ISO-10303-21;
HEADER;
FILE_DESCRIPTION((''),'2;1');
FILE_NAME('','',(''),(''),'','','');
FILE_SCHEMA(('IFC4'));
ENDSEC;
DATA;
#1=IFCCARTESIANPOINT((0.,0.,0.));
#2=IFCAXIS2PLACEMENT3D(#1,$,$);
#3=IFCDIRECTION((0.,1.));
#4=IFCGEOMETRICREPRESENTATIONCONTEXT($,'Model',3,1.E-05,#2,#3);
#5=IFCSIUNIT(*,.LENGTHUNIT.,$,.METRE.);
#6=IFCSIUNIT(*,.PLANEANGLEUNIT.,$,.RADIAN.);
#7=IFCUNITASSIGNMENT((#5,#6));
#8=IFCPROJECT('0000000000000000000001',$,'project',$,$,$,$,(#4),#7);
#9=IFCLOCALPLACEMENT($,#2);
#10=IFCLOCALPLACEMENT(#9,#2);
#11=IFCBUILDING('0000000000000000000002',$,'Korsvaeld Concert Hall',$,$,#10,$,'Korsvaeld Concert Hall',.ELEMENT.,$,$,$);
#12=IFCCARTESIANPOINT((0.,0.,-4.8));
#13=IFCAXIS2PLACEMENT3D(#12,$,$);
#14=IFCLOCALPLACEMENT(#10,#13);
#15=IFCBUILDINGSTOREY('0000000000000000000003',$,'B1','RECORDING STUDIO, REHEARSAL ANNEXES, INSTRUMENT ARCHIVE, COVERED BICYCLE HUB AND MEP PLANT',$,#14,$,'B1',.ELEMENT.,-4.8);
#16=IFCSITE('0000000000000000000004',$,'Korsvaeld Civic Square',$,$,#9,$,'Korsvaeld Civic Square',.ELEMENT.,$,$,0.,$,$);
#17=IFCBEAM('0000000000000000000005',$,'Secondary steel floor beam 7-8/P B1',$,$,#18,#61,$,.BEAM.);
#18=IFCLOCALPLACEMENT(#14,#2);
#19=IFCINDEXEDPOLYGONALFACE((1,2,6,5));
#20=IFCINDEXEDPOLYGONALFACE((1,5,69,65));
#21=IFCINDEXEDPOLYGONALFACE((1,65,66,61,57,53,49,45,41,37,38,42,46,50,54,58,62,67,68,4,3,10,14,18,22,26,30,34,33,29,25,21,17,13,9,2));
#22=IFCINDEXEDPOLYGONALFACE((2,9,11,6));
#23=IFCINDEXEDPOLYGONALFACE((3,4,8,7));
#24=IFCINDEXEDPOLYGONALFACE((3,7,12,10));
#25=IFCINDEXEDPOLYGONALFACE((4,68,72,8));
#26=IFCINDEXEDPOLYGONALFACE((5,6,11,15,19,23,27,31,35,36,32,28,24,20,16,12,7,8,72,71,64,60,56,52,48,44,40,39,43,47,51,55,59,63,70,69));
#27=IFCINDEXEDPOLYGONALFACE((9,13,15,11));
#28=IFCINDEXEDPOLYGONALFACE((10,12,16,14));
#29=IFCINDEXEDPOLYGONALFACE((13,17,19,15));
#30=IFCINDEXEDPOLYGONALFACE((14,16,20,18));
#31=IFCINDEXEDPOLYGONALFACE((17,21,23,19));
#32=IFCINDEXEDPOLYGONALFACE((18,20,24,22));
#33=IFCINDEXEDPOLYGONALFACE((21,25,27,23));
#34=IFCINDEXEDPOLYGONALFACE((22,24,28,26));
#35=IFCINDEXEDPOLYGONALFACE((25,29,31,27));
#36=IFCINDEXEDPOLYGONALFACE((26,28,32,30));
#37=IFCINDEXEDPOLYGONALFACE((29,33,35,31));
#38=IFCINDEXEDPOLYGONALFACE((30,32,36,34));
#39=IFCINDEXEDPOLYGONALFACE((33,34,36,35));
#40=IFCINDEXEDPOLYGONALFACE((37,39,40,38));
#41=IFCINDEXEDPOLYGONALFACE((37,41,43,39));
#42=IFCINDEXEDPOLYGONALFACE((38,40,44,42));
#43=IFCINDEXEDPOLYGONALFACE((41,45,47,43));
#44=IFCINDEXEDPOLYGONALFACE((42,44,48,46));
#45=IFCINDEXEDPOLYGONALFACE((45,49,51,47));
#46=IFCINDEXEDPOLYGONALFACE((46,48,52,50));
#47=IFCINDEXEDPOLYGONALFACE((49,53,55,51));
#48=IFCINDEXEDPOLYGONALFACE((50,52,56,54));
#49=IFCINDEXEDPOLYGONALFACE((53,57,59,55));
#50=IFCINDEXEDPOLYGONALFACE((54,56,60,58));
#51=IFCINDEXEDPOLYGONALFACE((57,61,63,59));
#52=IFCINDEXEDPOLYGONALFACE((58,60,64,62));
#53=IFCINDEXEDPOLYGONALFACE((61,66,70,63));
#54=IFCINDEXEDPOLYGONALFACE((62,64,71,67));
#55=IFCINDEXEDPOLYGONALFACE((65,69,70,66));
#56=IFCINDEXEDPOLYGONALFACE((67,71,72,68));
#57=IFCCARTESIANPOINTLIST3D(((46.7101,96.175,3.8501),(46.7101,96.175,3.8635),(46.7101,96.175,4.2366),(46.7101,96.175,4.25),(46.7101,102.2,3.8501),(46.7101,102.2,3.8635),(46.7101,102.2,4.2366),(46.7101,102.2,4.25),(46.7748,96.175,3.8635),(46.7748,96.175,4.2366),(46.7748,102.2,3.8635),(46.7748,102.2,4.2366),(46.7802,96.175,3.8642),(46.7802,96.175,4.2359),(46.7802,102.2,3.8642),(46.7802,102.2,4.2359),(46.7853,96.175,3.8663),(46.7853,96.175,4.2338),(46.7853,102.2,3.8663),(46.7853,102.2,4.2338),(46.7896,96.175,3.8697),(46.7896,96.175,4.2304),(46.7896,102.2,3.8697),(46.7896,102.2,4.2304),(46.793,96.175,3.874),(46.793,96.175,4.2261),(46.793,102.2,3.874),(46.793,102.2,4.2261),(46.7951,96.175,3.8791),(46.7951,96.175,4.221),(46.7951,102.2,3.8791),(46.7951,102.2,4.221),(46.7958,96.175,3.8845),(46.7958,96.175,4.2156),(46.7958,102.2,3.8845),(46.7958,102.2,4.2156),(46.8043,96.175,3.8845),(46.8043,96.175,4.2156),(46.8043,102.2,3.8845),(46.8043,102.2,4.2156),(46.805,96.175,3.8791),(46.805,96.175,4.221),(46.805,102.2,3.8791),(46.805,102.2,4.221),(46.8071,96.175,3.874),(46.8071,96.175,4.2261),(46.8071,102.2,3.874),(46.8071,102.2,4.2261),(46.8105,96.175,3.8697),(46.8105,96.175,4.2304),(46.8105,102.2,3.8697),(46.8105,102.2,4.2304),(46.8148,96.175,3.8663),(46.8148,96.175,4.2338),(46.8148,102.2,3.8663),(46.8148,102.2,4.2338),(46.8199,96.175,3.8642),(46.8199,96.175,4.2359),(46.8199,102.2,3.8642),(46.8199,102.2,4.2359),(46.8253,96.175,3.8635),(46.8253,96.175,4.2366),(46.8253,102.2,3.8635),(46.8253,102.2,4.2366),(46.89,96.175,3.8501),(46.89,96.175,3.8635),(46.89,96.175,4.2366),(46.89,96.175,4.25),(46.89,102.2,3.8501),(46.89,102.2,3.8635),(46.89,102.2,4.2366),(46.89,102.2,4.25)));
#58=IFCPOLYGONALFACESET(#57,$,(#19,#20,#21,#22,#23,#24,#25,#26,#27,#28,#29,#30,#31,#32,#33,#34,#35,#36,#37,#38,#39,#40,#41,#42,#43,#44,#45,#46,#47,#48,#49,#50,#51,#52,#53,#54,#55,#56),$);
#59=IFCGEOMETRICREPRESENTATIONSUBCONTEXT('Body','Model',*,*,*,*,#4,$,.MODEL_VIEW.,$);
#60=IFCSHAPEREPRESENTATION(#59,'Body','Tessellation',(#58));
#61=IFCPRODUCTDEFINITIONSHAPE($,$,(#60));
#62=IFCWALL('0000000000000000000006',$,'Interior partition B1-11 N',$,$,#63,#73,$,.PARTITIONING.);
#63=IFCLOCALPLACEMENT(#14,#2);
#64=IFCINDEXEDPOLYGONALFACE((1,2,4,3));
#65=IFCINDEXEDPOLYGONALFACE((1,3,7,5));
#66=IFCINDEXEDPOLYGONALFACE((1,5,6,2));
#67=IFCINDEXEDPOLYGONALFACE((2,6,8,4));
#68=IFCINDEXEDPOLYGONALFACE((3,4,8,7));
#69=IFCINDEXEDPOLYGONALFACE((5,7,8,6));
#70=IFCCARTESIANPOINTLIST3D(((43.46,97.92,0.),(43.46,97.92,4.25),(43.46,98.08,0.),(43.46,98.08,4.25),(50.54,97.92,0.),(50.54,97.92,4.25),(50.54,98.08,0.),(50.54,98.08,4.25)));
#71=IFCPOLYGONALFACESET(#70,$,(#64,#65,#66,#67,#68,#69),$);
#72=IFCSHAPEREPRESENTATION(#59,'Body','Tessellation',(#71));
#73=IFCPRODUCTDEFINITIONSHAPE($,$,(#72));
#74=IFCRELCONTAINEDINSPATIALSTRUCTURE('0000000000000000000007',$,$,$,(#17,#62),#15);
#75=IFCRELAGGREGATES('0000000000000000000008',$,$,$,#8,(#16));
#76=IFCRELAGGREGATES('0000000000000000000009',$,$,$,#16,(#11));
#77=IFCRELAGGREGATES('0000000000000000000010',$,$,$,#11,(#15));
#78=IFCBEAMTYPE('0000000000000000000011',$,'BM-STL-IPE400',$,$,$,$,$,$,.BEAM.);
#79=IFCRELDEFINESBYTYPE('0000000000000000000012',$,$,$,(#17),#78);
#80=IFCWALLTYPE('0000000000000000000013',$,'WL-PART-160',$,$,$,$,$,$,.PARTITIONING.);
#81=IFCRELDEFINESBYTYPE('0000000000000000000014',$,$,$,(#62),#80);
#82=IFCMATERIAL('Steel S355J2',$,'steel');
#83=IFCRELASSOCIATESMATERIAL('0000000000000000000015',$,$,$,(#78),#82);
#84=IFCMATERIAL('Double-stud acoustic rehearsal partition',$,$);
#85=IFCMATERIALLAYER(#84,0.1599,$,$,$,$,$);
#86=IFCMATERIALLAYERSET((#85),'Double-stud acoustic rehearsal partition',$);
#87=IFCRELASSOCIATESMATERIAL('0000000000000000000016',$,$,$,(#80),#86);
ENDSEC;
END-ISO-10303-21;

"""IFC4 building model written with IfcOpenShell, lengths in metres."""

from ifc_helpers import new_model, si_unit, direction, frame, frame_2d, origin, origin_2d, place, context, subcontext, project, spatial, rectangle, i_section, extrude, material, layer, layer_set, material_profile, profile_set, type_object, element, save


model = new_model("IFC4")

# Units and contexts
model_context = context("Model", 3, precision=1e-05, world=origin(), true_north=direction((0.0, 1.0)))
body_context = subcontext(model_context, "Body", "Model", "MODEL_VIEW")
ifc_project = project(units=[si_unit("LENGTHUNIT", "METRE"), si_unit("PLANEANGLEUNIT", "RADIAN")], contexts=[model_context])

# Site, building, storey
site_placement = place(None, origin())
site = spatial("IfcSite", under=ifc_project, at=site_placement, Name="Korsvaeld Civic Square", LongName="Korsvaeld Civic Square", CompositionType="ELEMENT", RefElevation=0.0)
building_placement = place(site_placement, origin())
building = spatial("IfcBuilding", under=site, at=building_placement, Name="Korsvaeld Concert Hall", LongName="Korsvaeld Concert Hall", CompositionType="ELEMENT")
storey_placement = place(building_placement, frame((0.0, 0.0, -4.8)))
storey = spatial("IfcBuildingStorey", under=building, at=storey_placement, Name="B1", Description="RECORDING STUDIO, REHEARSAL ANNEXES, INSTRUMENT ARCHIVE, COVERED BICYCLE HUB AND MEP PLANT", LongName="B1", CompositionType="ELEMENT", Elevation=-4.8)

# Beam
ifc_material_1 = material(Name="Steel S355J2", Category="steel")
ifc_material_profile_1 = material_profile(ifc_material_1, i_section(OverallWidth=0.1799, OverallDepth=0.3999, WebThickness=0.0085, FlangeThickness=0.0134, FilletRadius=0.021, at=origin_2d()), Name="IPE 400")
ifc_profile_set_1 = profile_set([ifc_material_profile_1], Name="Steel S355J2")
beam_type_1 = type_object("IfcBeamType", Name="BM-STL-IPE400", PredefinedType="BEAM", material=ifc_profile_set_1)
beam_1_placement = place(storey_placement, frame((46.8, 96.175, 4.05), z_axis=(0.0, 1.0, 0.0), x_axis=(-1.0, 0.0, 0.0)))
element("IfcBeam", 1, at=beam_1_placement, inside=storey, type_object=beam_type_1, Name="Secondary steel floor beam 7-8/P B1", PredefinedType="BEAM", context=body_context, shape_type="SweptSolid", body=[
    extrude(i_section(OverallWidth=0.1799, OverallDepth=0.3999, WebThickness=0.0085, FlangeThickness=0.0134, FilletRadius=0.021, at=origin_2d()), origin(), (0.0, 0.0, 1.0), 6.0249),
])

# Wall
ifc_material_2 = material(Name="Double-stud acoustic rehearsal partition")
ifc_layer = layer(ifc_material_2, 0.1599)
ifc_layer_set = layer_set([ifc_layer], Name="Double-stud acoustic rehearsal partition")
wall_type = type_object("IfcWallType", Name="WL-PART-160", PredefinedType="PARTITIONING", material=ifc_layer_set)
wall_placement = place(storey_placement, frame((50.54, 98.0, 0.0), z_axis=(0.0, 0.0, 1.0), x_axis=(-1.0, 0.0, 0.0)))
element("IfcWall", 2, at=wall_placement, inside=storey, type_object=wall_type, Name="Interior partition B1-11 N", PredefinedType="PARTITIONING", context=body_context, shape_type="SweptSolid", body=[
    extrude(rectangle(XDim=7.0801, YDim=0.1599, at=frame_2d((3.54, 0.0))), origin(), (0.0, 0.0, 1.0), 4.25),
])

save(model, "model.ifc")
